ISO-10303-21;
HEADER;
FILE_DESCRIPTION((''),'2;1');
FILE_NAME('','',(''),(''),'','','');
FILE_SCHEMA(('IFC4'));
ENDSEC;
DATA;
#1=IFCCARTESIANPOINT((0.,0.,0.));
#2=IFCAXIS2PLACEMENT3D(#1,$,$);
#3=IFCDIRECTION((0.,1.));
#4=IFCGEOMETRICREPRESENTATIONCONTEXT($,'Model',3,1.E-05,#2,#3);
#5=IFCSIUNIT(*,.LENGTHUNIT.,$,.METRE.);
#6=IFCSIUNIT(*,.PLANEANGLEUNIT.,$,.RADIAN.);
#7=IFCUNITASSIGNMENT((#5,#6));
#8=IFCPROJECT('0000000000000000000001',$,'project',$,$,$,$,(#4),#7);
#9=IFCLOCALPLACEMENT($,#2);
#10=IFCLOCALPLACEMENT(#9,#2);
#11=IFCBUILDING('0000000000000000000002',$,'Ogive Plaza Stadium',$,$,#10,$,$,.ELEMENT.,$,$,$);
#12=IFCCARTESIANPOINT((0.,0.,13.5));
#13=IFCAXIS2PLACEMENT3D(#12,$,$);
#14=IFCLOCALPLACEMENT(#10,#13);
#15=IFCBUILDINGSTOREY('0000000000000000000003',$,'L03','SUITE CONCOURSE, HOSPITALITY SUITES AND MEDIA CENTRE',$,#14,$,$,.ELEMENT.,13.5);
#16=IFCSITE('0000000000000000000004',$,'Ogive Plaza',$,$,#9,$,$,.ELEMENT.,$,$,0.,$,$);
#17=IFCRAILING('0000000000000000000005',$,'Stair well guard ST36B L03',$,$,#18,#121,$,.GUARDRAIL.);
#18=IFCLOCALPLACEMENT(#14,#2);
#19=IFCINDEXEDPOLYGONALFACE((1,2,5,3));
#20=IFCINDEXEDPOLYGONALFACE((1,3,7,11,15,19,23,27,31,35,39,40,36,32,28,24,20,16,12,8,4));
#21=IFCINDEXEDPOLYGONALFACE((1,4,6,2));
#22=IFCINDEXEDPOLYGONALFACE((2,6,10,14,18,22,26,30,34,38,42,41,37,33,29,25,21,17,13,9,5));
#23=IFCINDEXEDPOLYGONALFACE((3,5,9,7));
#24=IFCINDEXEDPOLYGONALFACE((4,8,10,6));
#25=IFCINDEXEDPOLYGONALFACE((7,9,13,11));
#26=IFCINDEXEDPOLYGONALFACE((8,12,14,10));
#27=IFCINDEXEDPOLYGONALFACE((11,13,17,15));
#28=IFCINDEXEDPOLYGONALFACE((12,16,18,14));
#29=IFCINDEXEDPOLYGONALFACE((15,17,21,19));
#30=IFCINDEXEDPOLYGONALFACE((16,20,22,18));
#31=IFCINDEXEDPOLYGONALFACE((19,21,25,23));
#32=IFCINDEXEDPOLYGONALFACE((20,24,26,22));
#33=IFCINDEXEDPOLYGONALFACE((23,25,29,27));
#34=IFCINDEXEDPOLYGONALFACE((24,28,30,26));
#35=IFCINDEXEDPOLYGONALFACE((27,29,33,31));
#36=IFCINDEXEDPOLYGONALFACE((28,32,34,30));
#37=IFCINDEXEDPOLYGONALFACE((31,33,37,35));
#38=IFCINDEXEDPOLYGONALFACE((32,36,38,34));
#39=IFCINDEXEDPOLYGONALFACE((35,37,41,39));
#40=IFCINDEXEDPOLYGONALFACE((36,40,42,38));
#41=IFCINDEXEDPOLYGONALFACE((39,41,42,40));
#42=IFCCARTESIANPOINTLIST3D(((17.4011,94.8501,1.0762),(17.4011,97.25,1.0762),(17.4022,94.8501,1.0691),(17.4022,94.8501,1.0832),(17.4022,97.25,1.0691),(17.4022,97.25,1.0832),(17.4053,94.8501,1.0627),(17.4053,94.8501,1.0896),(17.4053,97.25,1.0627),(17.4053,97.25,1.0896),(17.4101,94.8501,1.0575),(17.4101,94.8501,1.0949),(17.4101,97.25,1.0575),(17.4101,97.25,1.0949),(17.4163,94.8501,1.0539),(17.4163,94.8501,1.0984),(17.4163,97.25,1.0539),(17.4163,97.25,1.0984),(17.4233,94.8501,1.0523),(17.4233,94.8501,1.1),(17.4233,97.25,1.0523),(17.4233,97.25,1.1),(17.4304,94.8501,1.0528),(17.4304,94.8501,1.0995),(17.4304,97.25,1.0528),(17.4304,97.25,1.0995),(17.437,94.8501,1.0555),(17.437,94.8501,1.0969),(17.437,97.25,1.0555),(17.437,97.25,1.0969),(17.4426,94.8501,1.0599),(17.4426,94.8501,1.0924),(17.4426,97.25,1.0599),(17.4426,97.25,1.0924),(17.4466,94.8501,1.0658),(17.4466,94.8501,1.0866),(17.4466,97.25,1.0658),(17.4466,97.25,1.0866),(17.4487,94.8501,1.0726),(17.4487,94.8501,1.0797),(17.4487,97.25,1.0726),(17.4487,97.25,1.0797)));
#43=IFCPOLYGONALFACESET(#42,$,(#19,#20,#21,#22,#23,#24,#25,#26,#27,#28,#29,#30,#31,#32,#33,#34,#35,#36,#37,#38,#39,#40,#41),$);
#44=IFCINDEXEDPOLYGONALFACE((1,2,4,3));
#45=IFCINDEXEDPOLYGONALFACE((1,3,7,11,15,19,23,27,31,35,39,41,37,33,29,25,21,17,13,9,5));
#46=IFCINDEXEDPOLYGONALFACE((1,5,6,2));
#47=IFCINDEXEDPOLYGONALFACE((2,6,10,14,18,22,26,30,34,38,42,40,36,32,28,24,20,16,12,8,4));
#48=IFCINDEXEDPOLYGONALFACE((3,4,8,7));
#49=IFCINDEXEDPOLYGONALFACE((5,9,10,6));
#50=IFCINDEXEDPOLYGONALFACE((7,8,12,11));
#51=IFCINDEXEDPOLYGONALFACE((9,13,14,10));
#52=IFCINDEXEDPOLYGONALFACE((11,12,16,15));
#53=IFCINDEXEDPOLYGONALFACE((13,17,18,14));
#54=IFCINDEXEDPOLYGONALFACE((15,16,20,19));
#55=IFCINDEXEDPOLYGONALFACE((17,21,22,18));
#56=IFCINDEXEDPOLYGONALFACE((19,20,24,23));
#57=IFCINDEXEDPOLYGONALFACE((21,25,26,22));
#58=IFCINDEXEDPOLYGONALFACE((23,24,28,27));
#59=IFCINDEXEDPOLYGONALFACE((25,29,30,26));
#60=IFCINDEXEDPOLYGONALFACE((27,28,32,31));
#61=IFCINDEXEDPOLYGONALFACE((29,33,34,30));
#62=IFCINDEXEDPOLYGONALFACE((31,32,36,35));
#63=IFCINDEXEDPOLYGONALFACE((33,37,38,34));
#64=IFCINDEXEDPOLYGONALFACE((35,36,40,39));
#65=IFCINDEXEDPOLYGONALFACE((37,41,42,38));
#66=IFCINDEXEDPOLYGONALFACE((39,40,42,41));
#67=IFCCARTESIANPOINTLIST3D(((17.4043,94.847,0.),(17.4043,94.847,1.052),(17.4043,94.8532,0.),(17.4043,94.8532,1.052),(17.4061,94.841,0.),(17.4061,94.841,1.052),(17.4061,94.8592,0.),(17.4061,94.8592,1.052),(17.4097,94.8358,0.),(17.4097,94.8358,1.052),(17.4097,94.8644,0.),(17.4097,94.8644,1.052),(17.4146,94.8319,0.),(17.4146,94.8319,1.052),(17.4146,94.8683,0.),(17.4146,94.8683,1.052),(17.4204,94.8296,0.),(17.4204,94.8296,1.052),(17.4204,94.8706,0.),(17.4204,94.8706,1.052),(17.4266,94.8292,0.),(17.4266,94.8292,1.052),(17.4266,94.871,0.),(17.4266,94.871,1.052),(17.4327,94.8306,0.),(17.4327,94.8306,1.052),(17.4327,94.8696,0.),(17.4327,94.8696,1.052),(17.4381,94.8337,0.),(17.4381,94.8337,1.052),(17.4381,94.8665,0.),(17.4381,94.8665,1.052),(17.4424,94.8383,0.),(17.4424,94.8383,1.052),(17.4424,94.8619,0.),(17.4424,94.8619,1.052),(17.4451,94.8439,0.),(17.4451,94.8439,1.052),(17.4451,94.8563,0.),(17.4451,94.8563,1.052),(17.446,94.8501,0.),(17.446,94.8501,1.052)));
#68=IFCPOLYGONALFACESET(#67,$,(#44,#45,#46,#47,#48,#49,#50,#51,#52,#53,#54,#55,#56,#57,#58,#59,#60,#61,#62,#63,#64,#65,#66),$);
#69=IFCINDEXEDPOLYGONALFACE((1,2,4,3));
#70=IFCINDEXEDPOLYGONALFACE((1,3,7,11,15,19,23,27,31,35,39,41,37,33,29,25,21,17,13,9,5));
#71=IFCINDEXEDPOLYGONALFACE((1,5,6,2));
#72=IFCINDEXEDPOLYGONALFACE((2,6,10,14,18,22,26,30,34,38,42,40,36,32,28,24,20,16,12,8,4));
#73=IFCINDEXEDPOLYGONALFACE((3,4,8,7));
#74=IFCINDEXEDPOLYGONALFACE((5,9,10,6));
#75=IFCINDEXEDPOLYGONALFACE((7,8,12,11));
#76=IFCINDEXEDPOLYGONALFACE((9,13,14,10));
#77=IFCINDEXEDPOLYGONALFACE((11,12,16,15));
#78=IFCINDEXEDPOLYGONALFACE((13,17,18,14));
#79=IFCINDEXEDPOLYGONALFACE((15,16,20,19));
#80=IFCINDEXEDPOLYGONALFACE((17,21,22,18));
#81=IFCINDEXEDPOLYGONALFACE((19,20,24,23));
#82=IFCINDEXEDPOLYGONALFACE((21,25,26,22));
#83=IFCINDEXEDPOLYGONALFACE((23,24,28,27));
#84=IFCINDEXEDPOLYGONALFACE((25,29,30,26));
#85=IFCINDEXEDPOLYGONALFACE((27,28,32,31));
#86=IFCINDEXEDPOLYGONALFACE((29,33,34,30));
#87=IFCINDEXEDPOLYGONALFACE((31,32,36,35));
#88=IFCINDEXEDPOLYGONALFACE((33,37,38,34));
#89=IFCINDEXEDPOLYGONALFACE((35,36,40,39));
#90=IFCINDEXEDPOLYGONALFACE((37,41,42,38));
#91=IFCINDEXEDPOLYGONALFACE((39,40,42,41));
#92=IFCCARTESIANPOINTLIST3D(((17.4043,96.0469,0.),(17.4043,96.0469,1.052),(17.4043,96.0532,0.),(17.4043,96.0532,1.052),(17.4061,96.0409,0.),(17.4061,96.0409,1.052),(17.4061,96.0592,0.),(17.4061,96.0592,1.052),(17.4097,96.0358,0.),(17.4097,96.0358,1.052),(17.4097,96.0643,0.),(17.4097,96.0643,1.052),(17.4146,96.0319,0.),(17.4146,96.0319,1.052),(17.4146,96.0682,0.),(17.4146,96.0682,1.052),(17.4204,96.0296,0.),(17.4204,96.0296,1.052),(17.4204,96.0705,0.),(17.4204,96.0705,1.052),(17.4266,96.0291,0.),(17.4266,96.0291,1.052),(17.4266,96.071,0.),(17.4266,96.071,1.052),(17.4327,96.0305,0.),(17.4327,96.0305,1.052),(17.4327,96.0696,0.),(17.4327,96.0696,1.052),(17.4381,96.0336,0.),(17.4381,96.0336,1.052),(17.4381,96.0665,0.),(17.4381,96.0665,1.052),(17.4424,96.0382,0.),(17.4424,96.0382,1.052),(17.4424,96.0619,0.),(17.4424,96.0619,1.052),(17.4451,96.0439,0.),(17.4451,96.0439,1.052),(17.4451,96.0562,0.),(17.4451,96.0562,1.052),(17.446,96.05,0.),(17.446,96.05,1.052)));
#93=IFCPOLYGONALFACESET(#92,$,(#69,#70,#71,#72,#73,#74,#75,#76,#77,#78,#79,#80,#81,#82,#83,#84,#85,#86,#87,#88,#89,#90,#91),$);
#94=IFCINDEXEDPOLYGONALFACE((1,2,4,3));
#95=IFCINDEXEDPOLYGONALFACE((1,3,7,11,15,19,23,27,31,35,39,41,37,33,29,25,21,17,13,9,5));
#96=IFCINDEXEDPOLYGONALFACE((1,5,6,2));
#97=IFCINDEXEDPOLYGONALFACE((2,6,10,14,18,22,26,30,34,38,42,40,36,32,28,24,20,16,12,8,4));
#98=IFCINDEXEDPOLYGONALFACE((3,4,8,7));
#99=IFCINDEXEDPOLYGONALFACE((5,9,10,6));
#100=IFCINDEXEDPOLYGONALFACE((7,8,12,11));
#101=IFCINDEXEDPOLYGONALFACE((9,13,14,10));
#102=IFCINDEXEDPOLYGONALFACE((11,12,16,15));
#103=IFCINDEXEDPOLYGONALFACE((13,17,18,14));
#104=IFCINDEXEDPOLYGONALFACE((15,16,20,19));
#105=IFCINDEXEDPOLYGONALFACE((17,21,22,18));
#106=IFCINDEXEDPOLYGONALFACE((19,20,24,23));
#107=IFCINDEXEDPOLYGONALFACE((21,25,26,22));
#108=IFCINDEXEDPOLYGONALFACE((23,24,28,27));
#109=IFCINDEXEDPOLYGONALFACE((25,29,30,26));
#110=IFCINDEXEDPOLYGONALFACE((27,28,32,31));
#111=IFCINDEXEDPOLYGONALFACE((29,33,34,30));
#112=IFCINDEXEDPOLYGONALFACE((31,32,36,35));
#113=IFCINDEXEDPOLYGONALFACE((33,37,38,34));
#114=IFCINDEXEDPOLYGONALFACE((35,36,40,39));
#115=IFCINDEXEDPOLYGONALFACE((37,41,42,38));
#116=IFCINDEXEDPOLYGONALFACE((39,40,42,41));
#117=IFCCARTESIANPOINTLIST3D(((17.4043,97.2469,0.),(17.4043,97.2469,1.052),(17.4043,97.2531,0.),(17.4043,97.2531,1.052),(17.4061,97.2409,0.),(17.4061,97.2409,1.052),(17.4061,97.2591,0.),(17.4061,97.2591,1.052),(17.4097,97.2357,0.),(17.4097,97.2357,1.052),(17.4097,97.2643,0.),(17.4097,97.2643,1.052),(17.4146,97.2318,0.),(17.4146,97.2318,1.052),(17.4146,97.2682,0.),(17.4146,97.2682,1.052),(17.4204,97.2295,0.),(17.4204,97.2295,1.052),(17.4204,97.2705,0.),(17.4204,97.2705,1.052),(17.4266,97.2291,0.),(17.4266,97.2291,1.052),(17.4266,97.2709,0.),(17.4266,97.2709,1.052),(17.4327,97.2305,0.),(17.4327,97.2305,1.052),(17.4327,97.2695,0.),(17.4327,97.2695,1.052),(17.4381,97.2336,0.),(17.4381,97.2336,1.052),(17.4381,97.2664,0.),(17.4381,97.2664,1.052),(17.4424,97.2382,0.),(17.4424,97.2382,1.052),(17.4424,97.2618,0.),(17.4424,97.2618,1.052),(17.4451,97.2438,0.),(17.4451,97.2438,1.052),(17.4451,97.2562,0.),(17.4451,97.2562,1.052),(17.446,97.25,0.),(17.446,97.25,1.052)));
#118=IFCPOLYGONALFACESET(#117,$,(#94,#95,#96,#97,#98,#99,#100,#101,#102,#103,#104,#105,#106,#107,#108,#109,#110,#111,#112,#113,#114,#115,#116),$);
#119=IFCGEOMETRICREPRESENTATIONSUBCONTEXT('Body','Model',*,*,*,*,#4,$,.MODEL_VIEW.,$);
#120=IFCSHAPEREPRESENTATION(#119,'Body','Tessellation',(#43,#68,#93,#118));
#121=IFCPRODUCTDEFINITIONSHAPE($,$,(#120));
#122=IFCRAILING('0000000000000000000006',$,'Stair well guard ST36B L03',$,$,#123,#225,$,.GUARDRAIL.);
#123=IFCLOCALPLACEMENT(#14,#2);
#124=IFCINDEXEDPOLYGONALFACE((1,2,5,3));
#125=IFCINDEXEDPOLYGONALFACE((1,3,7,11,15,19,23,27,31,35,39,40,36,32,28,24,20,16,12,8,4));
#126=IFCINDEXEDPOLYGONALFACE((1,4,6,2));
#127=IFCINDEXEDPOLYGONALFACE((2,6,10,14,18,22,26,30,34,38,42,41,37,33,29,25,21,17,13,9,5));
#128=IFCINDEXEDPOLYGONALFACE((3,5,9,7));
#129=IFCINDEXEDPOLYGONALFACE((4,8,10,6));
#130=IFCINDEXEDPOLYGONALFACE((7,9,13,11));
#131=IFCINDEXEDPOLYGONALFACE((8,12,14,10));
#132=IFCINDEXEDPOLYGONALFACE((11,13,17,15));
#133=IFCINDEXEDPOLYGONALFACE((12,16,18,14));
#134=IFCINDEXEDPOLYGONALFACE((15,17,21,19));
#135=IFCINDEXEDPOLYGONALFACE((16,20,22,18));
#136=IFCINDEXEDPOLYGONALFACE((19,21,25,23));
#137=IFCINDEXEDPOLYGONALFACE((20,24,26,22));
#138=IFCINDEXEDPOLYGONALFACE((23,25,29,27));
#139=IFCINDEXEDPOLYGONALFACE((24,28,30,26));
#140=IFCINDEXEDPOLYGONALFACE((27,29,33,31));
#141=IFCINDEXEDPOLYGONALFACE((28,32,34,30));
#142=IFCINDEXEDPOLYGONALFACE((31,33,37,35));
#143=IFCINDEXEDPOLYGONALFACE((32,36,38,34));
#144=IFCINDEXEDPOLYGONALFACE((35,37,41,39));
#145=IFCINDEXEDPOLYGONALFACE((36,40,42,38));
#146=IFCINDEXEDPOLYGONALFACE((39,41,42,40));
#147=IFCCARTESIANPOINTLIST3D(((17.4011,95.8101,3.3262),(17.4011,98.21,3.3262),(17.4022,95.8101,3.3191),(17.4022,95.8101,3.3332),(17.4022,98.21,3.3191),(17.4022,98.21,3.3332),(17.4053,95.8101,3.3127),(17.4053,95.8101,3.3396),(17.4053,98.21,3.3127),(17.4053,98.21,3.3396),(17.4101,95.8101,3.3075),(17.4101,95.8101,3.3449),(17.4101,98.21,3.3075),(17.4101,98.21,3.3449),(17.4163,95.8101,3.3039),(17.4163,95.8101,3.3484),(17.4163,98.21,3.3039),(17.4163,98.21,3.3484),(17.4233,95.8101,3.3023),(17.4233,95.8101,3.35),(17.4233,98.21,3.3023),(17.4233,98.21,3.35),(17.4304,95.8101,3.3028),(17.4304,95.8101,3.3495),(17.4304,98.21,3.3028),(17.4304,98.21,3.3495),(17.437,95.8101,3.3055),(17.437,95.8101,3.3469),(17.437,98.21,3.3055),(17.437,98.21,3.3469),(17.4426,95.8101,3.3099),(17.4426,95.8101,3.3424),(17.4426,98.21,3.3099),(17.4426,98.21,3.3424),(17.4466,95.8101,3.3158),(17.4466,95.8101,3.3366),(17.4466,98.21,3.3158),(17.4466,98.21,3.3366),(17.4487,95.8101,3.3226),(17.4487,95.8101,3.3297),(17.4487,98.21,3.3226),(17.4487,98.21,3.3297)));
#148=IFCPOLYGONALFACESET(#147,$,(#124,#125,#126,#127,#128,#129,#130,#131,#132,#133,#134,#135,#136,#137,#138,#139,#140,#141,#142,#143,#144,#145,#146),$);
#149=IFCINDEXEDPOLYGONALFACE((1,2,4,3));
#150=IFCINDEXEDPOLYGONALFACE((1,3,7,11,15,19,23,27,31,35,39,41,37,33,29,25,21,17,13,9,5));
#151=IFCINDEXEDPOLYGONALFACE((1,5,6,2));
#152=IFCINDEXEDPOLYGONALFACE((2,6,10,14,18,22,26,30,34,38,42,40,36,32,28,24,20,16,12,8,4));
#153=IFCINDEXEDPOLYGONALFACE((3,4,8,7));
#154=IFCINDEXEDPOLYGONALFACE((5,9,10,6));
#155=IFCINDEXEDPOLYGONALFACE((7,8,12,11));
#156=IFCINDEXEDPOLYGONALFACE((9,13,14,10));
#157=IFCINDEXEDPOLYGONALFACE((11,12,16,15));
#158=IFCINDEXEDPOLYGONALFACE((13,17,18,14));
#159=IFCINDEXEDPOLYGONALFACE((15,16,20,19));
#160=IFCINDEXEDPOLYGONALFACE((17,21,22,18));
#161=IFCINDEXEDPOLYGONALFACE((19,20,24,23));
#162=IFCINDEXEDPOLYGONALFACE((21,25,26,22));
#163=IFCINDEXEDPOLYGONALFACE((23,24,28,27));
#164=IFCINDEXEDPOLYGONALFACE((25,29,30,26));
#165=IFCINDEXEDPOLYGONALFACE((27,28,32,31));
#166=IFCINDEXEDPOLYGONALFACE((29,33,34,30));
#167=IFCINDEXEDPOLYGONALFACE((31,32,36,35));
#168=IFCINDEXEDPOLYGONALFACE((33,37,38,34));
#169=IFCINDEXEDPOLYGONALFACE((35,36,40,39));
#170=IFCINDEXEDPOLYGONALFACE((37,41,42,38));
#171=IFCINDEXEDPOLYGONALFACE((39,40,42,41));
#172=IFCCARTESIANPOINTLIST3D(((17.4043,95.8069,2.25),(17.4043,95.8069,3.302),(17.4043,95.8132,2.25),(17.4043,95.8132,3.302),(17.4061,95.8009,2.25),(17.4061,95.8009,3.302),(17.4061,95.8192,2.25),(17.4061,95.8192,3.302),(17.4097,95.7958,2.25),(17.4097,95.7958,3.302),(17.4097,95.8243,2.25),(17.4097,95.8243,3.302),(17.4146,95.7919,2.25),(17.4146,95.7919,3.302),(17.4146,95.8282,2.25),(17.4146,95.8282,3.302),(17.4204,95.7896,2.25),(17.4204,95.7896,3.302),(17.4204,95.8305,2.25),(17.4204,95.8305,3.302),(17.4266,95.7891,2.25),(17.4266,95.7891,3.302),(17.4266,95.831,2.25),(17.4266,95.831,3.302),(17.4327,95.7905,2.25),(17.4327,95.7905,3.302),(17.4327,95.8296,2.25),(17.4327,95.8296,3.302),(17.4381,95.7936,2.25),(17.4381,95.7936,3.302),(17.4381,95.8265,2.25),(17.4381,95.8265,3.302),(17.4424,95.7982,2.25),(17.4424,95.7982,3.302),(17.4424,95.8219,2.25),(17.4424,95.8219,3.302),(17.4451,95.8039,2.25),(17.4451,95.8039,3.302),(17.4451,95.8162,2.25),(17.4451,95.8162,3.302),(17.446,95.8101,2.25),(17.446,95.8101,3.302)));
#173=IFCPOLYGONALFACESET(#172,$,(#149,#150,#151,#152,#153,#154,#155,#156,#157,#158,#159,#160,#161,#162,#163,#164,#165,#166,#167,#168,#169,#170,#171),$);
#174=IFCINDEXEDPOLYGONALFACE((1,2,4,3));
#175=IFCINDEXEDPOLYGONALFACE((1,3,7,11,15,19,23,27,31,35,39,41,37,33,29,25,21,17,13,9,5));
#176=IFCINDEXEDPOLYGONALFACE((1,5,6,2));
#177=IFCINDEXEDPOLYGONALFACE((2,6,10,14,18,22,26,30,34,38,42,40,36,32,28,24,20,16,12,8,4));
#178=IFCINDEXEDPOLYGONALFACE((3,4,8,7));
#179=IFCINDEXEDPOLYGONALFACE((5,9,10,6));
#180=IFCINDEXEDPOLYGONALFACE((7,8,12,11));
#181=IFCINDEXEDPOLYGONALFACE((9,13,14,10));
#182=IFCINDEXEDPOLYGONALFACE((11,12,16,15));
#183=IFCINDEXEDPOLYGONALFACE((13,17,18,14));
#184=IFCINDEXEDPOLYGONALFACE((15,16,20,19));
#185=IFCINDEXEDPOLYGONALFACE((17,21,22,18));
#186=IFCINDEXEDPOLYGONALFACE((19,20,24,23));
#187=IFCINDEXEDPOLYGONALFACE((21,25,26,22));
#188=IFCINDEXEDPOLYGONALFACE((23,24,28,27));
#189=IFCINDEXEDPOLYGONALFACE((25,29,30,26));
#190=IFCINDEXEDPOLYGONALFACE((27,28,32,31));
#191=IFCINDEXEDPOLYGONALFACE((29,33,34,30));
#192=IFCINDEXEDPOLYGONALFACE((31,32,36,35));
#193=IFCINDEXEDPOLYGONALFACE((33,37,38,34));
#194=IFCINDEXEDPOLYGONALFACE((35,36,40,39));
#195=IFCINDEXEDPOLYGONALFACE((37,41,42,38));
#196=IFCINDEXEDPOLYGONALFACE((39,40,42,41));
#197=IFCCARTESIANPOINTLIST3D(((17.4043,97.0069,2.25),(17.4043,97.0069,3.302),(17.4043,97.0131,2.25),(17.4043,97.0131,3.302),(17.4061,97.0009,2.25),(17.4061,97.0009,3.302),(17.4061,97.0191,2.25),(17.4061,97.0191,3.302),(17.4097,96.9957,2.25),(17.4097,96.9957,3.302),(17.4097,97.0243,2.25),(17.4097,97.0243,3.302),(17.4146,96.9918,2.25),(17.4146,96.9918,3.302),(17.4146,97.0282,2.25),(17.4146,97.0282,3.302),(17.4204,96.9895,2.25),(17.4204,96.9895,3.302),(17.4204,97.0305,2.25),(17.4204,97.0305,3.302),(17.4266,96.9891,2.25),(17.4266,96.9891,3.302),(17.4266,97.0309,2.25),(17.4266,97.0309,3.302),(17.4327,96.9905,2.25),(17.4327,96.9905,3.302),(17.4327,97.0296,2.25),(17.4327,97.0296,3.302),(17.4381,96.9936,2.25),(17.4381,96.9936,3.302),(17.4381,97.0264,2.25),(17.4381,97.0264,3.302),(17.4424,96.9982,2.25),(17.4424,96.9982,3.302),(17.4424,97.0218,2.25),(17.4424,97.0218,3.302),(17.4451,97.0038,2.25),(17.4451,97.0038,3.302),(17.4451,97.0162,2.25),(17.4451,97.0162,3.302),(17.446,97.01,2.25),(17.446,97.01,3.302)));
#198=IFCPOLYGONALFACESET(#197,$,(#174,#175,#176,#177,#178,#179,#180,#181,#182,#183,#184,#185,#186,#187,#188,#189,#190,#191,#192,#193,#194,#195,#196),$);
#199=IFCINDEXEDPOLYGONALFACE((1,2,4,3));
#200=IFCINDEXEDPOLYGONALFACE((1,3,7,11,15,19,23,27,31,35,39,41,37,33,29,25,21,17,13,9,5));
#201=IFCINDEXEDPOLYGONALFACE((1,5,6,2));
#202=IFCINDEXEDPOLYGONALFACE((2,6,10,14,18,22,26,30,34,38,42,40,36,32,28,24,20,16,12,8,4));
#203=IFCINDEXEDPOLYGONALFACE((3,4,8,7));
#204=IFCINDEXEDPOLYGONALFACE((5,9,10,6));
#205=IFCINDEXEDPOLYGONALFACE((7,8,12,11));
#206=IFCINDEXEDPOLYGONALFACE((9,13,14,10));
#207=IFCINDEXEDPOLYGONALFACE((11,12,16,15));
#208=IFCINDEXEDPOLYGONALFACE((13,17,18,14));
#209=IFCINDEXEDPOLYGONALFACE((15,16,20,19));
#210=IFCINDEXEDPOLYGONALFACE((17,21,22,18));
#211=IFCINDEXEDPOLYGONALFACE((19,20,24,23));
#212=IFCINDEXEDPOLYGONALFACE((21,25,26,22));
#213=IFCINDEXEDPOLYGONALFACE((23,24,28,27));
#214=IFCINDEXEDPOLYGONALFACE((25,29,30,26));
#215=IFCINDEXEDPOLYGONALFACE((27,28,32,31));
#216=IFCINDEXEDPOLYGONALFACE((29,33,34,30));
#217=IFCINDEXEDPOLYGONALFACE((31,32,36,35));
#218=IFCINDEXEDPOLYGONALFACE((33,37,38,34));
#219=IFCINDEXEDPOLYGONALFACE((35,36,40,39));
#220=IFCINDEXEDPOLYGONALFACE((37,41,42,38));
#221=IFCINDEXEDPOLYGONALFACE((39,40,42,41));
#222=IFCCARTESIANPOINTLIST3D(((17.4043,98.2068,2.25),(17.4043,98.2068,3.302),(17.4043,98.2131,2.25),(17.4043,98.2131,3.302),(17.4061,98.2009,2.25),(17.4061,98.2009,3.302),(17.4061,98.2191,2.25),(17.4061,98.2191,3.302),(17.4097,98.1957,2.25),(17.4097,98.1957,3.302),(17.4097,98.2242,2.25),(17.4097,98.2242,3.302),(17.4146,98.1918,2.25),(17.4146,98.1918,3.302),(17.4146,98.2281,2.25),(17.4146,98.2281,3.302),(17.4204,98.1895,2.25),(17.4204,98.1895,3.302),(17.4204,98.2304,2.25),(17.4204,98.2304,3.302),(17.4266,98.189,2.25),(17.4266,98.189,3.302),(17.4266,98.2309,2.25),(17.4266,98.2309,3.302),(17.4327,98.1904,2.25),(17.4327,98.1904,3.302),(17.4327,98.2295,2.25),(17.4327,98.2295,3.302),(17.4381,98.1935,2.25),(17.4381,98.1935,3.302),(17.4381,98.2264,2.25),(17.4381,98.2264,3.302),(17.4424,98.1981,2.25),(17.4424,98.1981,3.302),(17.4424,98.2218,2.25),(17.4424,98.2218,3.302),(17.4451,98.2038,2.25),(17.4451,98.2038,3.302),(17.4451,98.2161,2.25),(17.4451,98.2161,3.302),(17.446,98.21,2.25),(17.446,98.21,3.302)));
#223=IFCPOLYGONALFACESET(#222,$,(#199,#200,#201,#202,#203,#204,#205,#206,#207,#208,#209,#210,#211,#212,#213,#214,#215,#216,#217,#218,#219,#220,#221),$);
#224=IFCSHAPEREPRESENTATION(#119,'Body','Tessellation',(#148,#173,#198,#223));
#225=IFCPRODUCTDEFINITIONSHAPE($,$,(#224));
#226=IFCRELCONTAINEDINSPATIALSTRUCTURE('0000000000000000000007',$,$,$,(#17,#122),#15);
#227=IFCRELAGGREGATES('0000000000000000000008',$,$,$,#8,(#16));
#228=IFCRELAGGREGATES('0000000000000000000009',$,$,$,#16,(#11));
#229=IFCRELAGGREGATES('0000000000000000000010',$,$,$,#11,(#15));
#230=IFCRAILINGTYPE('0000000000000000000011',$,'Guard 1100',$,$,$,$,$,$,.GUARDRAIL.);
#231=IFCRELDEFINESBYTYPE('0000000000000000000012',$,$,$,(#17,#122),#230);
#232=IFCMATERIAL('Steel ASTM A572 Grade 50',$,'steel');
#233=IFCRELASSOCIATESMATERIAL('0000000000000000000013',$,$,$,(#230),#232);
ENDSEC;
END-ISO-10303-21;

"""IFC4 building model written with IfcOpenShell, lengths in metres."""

from ifc_helpers import new_model, si_unit, direction, frame, origin, origin_2d, place, context, subcontext, project, spatial, circle, extrude, material, type_object, element, save


model = new_model("IFC4")

# Units and contexts
model_context = context("Model", 3, precision=1e-05, world=origin(), true_north=direction((0.0, 1.0)))
body_context = subcontext(model_context, "Body", "Model", "MODEL_VIEW")
ifc_project = project(units=[si_unit("LENGTHUNIT", "METRE"), si_unit("PLANEANGLEUNIT", "RADIAN")], contexts=[model_context])

# Site, building, storey
site_placement = place(None, origin())
site = spatial("IfcSite", under=ifc_project, at=site_placement, Name="Ogive Plaza", CompositionType="ELEMENT", RefElevation=0.0)
building_placement = place(site_placement, origin())
building = spatial("IfcBuilding", under=site, at=building_placement, Name="Ogive Plaza Stadium", CompositionType="ELEMENT")
storey_placement = place(building_placement, frame((0.0, 0.0, 13.5)))
storey = spatial("IfcBuildingStorey", under=building, at=storey_placement, Name="L03", Description="SUITE CONCOURSE, HOSPITALITY SUITES AND MEDIA CENTRE", CompositionType="ELEMENT", Elevation=13.5)

# Railings
ifc_material_1 = material(Name="Steel ASTM A572 Grade 50", Category="steel")
railing_type_1 = type_object("IfcRailingType", Name="Guard 1100", PredefinedType="GUARDRAIL", material=ifc_material_1)
for number, where, name in (
    (1, (17.425, 94.8501, 0.0), "Stair well guard ST36B L03"),
    (2, (17.425, 95.8101, 2.25), "Stair well guard ST36B L03"),
):
    element("IfcRailing", number, at=place(storey_placement, frame(where)), inside=storey, type_object=railing_type_1, Name=name, PredefinedType="GUARDRAIL", context=body_context, shape_type="SweptSolid", body=[
        extrude(circle(Radius=0.0239, at=origin_2d()), frame((0.0, 0.0, 1.0762), z_axis=(0.0, 1.0, 0.0), x_axis=(-1.0, 0.0, 0.0)), (0.0, 0.0, 1.0), 2.3999),
        extrude(circle(Radius=0.021, at=origin_2d()), origin(), (0.0, 0.0, 1.0), 1.052),
        extrude(circle(Radius=0.021, at=origin_2d()), frame((0.0, 1.2, 0.0)), (0.0, 0.0, 1.0), 1.052),
        extrude(circle(Radius=0.021, at=origin_2d()), frame((0.0, 2.3999, 0.0)), (0.0, 0.0, 1.0), 1.052),
    ])

save(model, "model.ifc")
